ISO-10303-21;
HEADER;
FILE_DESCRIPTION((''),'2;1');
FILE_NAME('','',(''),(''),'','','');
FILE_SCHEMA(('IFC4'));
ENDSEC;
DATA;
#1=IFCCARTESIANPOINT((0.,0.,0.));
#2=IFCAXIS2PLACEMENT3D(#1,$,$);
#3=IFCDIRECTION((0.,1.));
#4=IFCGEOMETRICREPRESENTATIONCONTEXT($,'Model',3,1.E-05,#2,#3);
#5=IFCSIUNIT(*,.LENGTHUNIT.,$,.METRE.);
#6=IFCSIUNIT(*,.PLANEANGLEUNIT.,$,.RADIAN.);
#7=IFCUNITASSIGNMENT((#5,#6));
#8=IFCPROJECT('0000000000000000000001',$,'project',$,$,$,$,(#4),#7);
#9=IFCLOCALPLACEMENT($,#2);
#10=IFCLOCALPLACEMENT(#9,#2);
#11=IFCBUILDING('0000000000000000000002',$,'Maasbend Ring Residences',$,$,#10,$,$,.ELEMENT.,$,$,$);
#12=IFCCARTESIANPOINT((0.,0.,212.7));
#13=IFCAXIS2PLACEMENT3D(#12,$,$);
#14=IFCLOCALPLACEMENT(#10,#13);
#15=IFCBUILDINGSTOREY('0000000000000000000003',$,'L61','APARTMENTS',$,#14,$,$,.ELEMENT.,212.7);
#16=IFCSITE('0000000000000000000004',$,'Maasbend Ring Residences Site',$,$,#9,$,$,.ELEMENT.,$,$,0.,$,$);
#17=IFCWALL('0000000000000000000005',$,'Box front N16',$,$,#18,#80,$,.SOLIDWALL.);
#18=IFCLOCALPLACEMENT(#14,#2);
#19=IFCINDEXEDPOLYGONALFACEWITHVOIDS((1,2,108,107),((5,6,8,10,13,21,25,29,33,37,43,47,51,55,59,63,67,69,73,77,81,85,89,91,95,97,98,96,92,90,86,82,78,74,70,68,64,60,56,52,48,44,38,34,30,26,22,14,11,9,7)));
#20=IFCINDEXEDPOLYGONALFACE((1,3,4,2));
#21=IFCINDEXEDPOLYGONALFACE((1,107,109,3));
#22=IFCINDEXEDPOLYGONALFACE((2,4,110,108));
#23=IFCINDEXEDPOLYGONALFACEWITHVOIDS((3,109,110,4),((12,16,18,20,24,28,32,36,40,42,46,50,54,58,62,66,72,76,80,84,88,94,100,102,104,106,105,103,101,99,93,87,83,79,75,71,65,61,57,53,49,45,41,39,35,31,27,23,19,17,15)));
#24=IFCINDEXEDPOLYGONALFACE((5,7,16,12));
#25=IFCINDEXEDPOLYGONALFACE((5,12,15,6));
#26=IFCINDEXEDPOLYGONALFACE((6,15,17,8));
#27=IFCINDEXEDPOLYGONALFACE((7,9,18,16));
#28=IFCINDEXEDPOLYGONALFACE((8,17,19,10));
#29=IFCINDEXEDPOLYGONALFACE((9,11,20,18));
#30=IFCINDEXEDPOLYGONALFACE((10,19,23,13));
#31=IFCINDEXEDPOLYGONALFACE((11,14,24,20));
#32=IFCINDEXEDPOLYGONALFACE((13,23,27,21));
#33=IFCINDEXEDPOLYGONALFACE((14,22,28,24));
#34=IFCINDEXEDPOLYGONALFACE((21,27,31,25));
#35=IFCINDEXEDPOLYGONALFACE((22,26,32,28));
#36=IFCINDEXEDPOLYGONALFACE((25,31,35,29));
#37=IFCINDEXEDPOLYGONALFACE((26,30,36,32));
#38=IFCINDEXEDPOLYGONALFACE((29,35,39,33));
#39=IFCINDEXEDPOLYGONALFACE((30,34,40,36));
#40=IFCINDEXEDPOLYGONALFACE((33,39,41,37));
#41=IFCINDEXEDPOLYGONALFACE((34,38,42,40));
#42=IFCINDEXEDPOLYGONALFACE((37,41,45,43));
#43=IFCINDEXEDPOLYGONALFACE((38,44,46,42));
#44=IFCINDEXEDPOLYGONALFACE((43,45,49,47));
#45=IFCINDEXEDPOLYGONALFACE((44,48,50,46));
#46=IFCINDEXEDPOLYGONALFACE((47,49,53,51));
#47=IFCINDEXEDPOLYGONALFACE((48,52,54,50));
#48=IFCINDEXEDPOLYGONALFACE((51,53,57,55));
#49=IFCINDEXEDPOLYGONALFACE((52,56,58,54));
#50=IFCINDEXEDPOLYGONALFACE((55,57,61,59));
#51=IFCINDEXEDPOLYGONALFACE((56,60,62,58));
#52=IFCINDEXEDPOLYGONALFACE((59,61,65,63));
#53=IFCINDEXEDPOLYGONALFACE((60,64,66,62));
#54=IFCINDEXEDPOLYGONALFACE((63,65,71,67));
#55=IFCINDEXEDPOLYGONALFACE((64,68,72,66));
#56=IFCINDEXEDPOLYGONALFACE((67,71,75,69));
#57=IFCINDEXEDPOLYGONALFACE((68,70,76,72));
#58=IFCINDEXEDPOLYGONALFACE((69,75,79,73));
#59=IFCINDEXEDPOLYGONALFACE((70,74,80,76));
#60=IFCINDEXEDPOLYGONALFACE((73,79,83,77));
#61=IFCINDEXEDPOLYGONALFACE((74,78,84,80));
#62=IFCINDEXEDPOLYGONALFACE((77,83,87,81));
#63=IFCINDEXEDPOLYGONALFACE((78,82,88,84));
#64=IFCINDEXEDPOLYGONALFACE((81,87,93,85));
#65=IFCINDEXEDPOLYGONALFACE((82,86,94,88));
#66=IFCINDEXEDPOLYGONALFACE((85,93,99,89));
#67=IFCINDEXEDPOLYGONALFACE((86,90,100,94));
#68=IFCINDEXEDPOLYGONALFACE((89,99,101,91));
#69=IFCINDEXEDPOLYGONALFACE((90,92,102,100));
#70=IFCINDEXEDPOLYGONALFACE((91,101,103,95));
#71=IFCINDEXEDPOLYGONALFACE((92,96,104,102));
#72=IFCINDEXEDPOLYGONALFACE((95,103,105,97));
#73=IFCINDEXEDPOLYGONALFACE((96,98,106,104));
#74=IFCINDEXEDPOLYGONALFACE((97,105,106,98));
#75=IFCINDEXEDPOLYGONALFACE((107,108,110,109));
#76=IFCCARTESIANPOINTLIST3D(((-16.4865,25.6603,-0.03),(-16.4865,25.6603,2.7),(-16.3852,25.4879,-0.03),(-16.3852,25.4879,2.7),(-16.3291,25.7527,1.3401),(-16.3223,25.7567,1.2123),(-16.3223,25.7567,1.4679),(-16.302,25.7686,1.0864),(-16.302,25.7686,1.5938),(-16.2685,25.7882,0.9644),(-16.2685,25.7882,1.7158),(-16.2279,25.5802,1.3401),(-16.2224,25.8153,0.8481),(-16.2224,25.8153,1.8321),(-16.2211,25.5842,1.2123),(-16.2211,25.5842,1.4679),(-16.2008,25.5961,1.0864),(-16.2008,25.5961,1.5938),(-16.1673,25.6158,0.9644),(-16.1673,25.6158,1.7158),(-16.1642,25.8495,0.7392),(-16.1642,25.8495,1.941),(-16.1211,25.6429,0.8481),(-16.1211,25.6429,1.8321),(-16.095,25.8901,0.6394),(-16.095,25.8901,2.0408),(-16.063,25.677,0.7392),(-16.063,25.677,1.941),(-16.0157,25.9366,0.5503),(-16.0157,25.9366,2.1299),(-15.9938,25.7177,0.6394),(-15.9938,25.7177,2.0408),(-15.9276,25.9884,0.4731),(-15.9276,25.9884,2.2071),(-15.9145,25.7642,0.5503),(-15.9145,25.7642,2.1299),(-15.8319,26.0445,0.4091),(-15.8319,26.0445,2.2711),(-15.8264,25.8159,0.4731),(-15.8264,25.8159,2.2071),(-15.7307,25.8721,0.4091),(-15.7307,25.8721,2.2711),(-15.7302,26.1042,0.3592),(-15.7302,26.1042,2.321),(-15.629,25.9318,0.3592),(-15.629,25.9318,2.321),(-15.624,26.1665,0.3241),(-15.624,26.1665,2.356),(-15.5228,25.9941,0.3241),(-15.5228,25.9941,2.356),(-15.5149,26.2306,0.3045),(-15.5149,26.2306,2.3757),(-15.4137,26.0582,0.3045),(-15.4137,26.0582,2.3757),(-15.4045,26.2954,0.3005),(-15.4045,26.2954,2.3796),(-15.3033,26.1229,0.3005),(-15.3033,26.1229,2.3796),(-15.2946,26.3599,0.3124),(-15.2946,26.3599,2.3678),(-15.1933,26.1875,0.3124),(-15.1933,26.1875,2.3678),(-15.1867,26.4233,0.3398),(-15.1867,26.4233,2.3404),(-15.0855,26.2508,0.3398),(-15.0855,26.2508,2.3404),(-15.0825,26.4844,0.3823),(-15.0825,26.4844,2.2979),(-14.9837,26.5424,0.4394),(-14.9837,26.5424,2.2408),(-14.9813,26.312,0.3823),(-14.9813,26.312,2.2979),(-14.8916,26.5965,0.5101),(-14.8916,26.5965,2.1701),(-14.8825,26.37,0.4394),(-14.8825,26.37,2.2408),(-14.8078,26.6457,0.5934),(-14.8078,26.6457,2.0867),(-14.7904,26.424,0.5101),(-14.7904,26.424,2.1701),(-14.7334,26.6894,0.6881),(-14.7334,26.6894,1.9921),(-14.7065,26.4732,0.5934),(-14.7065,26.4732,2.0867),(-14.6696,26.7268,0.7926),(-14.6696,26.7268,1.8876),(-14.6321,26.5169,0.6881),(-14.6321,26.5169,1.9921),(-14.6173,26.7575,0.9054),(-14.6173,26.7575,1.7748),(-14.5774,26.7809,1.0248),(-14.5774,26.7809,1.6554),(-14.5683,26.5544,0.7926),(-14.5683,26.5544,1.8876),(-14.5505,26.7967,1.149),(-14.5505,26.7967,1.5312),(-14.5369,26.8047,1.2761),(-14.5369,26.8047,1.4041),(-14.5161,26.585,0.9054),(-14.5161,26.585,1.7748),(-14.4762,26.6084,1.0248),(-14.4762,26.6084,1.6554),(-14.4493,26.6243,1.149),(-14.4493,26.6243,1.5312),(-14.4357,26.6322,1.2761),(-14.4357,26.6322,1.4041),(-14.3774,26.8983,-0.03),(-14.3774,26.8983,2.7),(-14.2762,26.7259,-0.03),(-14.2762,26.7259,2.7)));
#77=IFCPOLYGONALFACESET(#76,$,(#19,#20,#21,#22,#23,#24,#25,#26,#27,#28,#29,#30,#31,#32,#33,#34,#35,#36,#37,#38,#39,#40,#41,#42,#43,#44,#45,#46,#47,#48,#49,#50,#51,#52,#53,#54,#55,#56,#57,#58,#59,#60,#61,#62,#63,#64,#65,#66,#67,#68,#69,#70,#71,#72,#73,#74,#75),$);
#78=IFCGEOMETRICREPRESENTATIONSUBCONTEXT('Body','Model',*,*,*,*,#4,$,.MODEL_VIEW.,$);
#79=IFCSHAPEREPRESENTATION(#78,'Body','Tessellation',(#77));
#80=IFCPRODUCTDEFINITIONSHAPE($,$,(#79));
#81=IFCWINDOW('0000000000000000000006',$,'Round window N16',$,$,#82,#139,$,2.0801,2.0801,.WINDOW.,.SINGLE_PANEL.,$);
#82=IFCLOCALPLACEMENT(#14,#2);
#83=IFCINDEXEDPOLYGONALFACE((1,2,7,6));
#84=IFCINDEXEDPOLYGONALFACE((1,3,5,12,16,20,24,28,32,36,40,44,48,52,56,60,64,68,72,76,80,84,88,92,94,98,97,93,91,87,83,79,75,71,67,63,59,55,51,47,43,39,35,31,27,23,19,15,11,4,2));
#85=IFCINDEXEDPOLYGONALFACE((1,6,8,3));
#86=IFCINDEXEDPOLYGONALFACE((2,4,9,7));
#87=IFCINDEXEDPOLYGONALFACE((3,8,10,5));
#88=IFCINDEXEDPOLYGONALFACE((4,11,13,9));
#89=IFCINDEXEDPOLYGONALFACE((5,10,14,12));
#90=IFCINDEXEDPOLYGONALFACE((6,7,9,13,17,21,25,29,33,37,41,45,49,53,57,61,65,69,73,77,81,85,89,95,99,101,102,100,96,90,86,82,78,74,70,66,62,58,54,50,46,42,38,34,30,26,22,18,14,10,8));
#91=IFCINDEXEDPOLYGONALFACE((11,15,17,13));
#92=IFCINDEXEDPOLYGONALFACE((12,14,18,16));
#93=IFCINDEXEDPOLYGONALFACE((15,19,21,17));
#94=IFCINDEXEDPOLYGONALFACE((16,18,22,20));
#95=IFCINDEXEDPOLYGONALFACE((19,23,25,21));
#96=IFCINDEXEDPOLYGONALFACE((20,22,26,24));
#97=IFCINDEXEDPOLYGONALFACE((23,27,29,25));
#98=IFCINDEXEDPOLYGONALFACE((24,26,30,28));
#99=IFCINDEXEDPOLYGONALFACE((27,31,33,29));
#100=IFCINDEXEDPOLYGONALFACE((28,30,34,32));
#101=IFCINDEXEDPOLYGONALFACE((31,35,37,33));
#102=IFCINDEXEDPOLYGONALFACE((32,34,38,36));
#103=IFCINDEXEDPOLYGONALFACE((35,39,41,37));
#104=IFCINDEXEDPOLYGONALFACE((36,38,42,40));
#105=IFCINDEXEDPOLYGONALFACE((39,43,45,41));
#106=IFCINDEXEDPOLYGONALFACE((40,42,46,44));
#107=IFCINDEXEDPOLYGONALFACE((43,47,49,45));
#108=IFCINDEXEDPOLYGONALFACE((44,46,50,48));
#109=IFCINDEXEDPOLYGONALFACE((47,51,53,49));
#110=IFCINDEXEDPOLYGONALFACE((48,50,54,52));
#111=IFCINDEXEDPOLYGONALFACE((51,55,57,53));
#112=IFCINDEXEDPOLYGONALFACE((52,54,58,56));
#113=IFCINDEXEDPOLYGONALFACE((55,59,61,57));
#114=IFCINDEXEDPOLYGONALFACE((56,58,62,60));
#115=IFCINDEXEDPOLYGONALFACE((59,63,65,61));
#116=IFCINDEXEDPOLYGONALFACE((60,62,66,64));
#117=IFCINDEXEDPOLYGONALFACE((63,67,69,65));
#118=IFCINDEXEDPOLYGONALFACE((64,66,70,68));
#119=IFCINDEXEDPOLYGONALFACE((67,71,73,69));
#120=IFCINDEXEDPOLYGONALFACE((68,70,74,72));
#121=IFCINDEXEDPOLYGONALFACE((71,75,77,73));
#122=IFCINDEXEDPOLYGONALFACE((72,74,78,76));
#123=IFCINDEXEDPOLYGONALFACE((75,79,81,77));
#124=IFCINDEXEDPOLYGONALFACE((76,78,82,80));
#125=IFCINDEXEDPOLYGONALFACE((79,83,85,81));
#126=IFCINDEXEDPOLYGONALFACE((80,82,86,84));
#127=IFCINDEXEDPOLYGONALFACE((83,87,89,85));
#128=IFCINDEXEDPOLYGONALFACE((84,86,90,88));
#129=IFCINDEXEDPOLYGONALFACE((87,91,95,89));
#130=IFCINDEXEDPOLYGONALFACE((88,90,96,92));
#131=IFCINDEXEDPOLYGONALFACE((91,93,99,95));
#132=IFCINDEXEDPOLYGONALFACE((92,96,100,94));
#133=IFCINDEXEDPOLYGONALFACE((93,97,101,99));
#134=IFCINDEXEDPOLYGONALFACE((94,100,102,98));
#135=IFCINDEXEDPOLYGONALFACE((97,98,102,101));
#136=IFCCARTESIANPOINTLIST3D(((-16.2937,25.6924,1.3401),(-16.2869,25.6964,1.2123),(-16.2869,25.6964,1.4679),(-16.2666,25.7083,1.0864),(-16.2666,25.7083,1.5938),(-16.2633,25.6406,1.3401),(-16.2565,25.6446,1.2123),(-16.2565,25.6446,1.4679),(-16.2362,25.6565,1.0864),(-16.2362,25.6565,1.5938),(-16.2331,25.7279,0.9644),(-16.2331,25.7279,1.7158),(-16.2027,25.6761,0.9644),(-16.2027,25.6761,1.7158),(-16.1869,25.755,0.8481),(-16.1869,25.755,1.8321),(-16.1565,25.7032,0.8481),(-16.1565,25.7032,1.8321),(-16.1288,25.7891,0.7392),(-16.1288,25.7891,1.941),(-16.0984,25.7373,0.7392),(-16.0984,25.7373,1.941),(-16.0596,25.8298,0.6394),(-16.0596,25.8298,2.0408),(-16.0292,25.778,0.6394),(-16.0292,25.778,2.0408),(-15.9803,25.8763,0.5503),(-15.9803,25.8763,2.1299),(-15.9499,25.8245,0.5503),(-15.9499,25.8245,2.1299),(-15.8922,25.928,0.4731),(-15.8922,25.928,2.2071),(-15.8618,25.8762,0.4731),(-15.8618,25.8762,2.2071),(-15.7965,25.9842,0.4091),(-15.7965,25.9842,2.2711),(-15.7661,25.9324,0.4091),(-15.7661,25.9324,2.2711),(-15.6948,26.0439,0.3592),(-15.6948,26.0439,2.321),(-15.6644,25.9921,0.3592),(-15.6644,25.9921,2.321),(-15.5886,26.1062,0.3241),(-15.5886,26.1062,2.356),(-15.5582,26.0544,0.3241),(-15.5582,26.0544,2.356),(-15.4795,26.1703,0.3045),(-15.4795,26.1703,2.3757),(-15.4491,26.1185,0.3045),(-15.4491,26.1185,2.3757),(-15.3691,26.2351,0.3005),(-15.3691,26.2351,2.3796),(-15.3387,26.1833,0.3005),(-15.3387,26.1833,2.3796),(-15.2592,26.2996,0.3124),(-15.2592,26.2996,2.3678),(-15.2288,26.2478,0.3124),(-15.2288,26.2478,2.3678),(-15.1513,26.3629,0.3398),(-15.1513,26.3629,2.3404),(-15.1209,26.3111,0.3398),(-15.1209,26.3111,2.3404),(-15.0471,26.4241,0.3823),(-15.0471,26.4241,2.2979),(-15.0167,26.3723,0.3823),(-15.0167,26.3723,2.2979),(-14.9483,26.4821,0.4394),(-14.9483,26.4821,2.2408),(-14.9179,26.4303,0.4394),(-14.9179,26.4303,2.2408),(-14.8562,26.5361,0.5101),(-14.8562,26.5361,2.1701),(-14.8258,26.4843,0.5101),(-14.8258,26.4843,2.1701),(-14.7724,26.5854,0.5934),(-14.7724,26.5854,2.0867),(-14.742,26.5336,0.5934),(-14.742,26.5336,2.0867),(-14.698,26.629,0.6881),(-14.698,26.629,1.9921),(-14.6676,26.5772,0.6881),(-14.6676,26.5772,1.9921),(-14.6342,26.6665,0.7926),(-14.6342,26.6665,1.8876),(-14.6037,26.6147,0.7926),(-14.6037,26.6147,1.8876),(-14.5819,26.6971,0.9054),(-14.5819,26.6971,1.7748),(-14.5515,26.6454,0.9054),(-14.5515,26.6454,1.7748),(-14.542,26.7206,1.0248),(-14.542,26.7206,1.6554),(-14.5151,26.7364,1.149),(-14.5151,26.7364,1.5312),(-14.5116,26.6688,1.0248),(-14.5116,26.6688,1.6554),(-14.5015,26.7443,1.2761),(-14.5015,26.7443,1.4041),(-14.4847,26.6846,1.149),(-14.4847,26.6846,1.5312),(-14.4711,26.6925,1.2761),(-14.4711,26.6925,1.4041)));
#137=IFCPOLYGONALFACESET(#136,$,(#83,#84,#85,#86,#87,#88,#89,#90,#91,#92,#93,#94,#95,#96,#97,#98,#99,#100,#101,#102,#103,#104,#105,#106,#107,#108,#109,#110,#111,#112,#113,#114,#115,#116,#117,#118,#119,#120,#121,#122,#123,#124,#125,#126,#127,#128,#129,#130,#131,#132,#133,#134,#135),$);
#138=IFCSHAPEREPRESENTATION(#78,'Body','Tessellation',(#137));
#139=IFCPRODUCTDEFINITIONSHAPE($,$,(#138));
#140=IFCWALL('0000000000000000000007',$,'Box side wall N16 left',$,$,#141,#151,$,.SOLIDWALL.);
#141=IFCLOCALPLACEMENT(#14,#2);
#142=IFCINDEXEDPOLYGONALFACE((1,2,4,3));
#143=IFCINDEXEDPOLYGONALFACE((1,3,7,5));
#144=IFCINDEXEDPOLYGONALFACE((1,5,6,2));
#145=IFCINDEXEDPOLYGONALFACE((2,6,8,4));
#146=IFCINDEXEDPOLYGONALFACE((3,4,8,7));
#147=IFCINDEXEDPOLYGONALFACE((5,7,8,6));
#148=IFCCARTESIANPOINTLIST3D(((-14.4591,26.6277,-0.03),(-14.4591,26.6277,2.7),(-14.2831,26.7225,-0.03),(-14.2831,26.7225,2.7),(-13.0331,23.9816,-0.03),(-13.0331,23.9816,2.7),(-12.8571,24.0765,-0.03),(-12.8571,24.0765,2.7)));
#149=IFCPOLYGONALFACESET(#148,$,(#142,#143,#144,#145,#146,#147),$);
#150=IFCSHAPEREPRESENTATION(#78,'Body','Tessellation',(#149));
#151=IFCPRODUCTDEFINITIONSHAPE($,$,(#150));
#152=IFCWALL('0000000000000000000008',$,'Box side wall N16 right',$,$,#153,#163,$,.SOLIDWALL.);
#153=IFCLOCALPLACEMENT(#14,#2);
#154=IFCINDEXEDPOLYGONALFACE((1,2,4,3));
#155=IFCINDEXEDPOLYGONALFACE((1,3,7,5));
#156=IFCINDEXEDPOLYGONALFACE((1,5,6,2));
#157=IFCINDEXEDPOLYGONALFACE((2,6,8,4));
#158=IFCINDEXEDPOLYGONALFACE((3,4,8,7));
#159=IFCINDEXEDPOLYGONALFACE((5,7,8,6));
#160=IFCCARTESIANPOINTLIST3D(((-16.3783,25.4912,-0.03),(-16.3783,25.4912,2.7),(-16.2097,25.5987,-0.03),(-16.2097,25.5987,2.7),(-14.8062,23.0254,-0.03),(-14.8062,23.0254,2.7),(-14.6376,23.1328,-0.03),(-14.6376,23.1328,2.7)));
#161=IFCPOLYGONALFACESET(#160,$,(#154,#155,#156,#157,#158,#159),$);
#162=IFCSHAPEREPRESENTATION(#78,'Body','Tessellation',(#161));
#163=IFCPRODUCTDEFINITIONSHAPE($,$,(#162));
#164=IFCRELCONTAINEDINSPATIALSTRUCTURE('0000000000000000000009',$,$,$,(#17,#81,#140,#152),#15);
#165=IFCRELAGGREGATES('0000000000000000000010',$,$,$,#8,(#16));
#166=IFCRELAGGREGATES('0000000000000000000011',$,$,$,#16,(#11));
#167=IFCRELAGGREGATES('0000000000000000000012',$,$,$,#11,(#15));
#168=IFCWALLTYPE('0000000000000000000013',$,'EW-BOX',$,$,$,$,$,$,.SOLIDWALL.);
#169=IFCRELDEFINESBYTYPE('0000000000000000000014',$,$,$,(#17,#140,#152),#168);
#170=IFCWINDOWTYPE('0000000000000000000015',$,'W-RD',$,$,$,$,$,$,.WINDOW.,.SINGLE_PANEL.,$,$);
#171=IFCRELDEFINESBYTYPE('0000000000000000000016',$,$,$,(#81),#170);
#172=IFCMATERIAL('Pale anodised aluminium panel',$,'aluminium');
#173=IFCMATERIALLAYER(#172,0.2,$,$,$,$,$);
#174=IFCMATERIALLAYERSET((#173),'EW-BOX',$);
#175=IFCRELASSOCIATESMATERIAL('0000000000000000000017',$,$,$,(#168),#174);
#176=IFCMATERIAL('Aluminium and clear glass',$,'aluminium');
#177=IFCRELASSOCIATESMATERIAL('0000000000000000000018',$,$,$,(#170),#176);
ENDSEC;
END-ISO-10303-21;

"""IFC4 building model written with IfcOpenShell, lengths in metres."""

from ifc_helpers import new_model, si_unit, direction, frame, frame_2d, origin, place, context, subcontext, project, spatial, rectangle, circle, extrude, material, layer, layer_set, type_object, element, fill, save


model = new_model("IFC4")

# Units and contexts
model_context = context("Model", 3, precision=1e-05, world=origin(), true_north=direction((0.0, 1.0)))
body_context = subcontext(model_context, "Body", "Model", "MODEL_VIEW")
ifc_project = project(units=[si_unit("LENGTHUNIT", "METRE"), si_unit("PLANEANGLEUNIT", "RADIAN")], contexts=[model_context])

# Site, building, storey
site_placement = place(None, origin())
site = spatial("IfcSite", under=ifc_project, at=site_placement, Name="Maasbend Ring Residences Site", CompositionType="ELEMENT", RefElevation=0.0)
building_placement = place(site_placement, origin())
building = spatial("IfcBuilding", under=site, at=building_placement, Name="Maasbend Ring Residences", CompositionType="ELEMENT")
storey_placement = place(building_placement, frame((0.0, 0.0, 212.7)))
storey = spatial("IfcBuildingStorey", under=building, at=storey_placement, Name="L61", Description="APARTMENTS", CompositionType="ELEMENT", Elevation=212.7)

# Wall, opening, window
ifc_material_1 = material(Name="Pale anodised aluminium panel", Category="aluminium")
ifc_layer_1 = layer(ifc_material_1, 0.2)
ifc_layer_set_1 = layer_set([ifc_layer_1], Name="EW-BOX")
wall_type_1 = type_object("IfcWallType", Name="EW-BOX", PredefinedType="SOLIDWALL", material=ifc_layer_set_1)
wall_1_placement = place(storey_placement, frame((-14.3269, 26.812, -0.03), z_axis=(0.0, 0.0, 1.0), x_axis=(-0.862403, -0.506222, 0.0)))
wall_1 = element("IfcWall", 1, at=wall_1_placement, inside=storey, type_object=wall_type_1, Name="Box front N16", PredefinedType="SOLIDWALL", context=body_context, shape_type="SweptSolid", body=[
    extrude(rectangle(XDim=2.4456, YDim=0.2, at=frame_2d((1.2227, 0.0))), origin(), (0.0, 0.0, 1.0), 2.73),
])
opening_1_placement = place(wall_1_placement, frame((0.1829, 0.0, 0.3301)))
opening_1 = element("IfcOpeningElement", 2, at=opening_1_placement, cuts=wall_1, PredefinedType="OPENING", context=body_context, shape_type="SweptSolid", body=[
    extrude(circle(Radius=1.04, at=frame_2d((1.04, 1.04))), frame((0.0, 0.1099, 0.0), z_axis=(0.0, -1.0, 0.0), x_axis=(1.0, 0.0, 0.0)), (0.0, 0.0, 1.0), 0.22),
])
ifc_material_2 = material(Name="Aluminium and clear glass", Category="aluminium")
window_type_1 = type_object("IfcWindowType", Name="W-RD", PartitioningType="SINGLE_PANEL", PredefinedType="WINDOW", material=ifc_material_2)
window_1_placement = place(opening_1_placement, origin())
window_1 = element("IfcWindow", 3, at=window_1_placement, inside=storey, type_object=window_type_1, Name="Round window N16", OverallHeight=2.0801, OverallWidth=2.0801, PartitioningType="SINGLE_PANEL", PredefinedType="WINDOW", context=body_context, shape_type="SweptSolid", body=[
    extrude(circle(Radius=1.04, at=frame_2d((1.04, 1.04))), frame((0.0, 0.03, 0.0), z_axis=(0.0, -1.0, 0.0), x_axis=(1.0, 0.0, 0.0)), (0.0, 0.0, 1.0), 0.0601),
])
fill(opening_1, window_1)

# Walls
wall_2_placement = place(storey_placement, frame((-12.9451, 24.0291, -0.03), z_axis=(0.0, 0.0, 1.0), x_axis=(-0.474424, 0.880296, 0.0)))
element("IfcWall", 4, at=wall_2_placement, inside=storey, type_object=wall_type_1, Name="Box side wall N16 left", PredefinedType="SOLIDWALL", context=body_context, shape_type="SweptSolid", body=[
    extrude(rectangle(XDim=3.0059, YDim=0.2, at=frame_2d((1.5029, 0.0))), origin(), (0.0, 0.0, 1.0), 2.73),
])
wall_3_placement = place(storey_placement, frame((-14.7219, 23.0791, -0.03), z_axis=(0.0, 0.0, 1.0), x_axis=(-0.537572, 0.843218, 0.0)))
element("IfcWall", 5, at=wall_3_placement, inside=storey, type_object=wall_type_1, Name="Box side wall N16 right", PredefinedType="SOLIDWALL", context=body_context, shape_type="SweptSolid", body=[
    extrude(rectangle(XDim=2.9243, YDim=0.2, at=frame_2d((1.4622, 0.0))), origin(), (0.0, 0.0, 1.0), 2.73),
])

save(model, "model.ifc")
